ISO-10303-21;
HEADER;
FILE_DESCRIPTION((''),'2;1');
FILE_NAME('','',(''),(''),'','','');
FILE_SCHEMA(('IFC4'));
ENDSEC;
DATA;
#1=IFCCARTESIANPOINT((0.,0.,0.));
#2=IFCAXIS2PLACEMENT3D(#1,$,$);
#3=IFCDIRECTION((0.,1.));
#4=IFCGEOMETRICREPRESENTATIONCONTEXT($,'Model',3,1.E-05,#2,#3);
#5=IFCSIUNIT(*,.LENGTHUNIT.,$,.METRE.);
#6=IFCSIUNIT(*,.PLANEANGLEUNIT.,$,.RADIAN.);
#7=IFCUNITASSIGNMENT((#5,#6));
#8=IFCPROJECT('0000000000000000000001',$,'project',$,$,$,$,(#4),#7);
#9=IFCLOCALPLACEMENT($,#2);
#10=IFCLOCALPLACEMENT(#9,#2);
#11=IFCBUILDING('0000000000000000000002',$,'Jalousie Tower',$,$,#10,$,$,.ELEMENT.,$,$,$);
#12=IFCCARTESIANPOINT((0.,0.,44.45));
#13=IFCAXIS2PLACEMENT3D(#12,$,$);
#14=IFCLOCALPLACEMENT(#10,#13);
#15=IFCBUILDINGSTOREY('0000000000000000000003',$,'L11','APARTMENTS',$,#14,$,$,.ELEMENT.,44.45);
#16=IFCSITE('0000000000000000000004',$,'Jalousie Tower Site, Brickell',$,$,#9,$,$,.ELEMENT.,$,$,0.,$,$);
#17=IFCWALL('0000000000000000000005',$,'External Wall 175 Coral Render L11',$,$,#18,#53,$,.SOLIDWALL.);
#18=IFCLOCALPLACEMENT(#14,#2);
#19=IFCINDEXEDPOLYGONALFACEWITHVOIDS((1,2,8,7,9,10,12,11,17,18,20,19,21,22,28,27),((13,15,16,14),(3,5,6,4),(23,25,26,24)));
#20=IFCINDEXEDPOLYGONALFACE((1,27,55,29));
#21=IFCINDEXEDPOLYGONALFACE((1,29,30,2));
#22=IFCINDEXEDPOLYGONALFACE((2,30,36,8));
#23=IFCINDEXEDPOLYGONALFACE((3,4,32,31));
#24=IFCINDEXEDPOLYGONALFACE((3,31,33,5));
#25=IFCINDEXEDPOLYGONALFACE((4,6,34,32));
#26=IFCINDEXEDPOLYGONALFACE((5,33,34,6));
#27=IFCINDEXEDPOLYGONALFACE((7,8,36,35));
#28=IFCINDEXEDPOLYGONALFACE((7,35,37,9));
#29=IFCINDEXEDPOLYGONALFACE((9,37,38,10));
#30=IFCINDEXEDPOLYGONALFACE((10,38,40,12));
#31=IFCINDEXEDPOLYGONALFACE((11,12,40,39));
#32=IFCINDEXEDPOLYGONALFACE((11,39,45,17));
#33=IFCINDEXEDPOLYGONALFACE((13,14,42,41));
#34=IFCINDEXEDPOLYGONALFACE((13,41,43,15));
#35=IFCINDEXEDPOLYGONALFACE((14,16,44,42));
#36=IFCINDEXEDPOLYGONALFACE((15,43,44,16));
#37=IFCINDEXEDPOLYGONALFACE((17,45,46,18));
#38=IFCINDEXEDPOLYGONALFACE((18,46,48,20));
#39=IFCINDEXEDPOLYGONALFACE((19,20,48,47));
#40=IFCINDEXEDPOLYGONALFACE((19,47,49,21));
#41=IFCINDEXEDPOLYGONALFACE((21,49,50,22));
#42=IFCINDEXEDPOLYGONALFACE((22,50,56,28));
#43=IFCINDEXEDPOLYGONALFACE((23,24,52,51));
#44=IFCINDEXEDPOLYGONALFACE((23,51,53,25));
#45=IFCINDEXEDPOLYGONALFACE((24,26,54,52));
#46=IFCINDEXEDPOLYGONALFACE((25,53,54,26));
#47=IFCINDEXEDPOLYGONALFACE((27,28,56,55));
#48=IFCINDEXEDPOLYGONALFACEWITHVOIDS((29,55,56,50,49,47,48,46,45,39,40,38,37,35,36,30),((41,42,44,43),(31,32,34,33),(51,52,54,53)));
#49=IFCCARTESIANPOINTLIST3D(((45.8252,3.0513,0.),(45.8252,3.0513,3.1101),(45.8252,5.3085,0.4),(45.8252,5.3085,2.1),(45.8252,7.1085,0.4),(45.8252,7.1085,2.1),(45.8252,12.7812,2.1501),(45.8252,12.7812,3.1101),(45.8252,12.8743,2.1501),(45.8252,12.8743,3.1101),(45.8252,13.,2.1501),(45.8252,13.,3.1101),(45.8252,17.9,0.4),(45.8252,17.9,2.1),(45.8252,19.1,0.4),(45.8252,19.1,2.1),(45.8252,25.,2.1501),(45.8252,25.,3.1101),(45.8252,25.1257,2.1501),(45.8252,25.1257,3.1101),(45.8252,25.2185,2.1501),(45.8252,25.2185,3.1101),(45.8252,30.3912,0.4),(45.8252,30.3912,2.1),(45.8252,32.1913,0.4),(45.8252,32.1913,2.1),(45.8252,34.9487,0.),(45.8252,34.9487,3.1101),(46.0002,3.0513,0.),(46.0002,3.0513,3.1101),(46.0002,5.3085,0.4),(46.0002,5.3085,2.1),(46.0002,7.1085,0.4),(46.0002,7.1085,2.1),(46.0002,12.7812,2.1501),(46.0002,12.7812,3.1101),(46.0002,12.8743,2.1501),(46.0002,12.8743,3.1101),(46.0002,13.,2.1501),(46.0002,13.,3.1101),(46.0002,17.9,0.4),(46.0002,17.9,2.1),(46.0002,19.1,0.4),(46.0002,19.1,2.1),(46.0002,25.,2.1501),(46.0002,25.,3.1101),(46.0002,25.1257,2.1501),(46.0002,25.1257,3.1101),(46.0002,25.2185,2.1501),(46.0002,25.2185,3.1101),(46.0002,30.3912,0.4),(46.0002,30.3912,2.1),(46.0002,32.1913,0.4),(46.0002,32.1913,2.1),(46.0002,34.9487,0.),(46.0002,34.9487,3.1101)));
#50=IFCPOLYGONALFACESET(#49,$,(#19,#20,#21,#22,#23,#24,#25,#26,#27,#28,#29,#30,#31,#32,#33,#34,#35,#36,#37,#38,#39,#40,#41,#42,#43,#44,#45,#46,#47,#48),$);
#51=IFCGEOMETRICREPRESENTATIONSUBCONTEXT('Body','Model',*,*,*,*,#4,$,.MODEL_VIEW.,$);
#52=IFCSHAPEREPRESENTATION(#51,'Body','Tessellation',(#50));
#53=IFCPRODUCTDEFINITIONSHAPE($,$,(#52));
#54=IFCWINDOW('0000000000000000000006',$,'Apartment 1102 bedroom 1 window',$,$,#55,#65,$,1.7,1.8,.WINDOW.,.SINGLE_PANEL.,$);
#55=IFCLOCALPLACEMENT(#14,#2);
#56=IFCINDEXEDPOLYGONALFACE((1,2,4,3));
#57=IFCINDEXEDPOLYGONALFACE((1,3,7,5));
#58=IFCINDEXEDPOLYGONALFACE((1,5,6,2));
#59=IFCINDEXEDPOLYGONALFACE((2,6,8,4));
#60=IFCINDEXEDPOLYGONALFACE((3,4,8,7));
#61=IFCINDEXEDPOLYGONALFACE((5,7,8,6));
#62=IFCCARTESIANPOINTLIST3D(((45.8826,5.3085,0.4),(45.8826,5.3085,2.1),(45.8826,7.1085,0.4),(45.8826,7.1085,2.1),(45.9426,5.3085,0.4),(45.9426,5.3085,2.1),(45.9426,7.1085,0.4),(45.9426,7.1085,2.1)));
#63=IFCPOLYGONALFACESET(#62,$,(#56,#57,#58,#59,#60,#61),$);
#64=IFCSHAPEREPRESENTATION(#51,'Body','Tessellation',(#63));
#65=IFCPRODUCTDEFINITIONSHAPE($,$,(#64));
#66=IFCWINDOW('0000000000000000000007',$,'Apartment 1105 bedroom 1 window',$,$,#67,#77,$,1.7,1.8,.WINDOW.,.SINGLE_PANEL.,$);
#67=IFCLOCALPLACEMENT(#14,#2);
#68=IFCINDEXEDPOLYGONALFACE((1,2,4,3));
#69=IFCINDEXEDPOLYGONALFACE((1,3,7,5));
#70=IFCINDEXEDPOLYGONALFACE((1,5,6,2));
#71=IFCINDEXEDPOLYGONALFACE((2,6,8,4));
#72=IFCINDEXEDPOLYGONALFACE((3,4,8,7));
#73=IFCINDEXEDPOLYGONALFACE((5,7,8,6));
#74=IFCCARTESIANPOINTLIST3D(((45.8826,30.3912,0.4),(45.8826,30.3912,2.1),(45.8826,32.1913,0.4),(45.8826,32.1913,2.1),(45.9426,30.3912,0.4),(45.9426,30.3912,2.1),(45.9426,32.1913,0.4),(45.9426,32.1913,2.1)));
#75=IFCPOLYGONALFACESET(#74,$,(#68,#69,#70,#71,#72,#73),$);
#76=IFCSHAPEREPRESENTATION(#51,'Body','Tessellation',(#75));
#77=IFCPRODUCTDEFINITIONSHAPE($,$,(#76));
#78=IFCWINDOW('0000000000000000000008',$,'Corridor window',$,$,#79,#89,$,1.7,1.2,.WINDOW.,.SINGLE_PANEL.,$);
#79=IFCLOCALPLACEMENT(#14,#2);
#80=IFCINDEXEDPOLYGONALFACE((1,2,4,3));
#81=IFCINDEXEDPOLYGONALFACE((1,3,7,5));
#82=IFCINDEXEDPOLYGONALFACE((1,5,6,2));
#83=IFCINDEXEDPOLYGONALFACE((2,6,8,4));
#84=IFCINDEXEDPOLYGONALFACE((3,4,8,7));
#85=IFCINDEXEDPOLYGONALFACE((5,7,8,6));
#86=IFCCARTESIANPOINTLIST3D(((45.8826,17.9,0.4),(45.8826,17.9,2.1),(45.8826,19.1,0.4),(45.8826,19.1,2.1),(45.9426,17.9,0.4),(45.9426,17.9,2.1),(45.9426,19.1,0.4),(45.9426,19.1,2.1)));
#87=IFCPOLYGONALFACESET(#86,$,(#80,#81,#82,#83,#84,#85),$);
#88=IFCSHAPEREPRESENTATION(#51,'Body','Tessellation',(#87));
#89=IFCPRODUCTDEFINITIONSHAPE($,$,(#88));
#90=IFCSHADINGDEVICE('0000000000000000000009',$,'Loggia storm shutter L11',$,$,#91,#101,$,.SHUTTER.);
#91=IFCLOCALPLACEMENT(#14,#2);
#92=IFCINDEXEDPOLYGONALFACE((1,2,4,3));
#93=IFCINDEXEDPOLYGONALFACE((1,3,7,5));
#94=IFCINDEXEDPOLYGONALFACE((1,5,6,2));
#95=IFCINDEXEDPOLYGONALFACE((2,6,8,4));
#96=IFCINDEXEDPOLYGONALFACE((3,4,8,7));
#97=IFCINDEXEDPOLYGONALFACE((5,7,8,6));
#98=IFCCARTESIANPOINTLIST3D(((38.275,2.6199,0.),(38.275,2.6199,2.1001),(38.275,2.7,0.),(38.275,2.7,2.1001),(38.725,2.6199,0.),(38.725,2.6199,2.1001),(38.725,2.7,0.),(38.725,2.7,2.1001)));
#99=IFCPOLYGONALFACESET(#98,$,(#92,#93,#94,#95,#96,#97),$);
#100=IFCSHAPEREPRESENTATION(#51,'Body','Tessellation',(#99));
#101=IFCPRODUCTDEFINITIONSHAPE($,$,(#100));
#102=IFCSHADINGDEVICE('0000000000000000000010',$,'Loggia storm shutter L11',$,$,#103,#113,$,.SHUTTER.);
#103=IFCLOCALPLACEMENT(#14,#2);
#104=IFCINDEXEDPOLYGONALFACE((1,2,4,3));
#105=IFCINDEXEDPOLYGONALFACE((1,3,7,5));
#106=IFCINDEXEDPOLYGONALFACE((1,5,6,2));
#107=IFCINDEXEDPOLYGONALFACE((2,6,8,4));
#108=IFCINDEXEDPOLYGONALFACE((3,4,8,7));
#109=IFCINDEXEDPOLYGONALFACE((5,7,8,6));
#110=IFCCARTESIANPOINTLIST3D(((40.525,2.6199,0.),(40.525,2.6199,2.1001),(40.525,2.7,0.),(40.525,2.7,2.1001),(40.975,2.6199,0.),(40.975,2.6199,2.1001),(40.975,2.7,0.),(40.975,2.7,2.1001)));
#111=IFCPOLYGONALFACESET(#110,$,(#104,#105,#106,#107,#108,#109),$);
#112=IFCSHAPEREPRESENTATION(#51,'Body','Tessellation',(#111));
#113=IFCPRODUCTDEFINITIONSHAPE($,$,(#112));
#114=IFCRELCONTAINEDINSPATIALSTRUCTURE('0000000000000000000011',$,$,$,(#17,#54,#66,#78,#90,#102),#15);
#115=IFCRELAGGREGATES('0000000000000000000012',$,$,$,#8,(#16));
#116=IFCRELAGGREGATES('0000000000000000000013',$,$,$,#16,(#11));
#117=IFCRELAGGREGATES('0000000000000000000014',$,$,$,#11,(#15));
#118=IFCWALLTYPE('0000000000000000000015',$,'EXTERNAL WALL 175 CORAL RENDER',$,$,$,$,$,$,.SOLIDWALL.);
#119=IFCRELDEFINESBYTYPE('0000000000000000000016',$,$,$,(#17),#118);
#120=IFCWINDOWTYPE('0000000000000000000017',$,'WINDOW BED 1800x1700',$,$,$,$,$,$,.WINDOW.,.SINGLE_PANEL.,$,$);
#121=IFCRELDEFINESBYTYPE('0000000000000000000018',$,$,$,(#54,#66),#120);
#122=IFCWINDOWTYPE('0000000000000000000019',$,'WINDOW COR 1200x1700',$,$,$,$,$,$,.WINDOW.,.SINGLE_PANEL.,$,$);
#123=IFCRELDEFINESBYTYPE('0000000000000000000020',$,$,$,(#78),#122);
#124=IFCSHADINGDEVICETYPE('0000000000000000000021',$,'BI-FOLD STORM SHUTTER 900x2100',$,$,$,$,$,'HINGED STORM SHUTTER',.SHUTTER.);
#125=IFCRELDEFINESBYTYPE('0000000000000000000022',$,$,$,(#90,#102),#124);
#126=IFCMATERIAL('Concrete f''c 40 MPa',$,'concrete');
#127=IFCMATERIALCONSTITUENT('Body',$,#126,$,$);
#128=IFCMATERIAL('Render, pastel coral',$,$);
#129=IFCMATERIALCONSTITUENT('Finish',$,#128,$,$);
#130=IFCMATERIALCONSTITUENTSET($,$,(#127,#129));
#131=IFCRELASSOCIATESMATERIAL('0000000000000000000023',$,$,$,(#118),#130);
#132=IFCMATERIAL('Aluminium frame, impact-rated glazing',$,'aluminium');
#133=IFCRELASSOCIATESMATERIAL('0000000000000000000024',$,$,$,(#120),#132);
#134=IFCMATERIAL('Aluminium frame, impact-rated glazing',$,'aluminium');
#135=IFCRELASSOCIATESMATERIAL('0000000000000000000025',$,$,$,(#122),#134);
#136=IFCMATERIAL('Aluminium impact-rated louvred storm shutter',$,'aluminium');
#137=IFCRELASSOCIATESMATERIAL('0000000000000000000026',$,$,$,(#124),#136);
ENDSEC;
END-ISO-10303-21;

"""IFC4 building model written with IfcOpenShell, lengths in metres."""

from ifc_helpers import new_model, si_unit, direction, frame, frame_2d, origin, origin_2d, place, context, subcontext, project, spatial, polyline, rectangle, outline, extrude, material, constituent, constituent_set, type_object, element, fill, save


model = new_model("IFC4")

# Units and contexts
model_context = context("Model", 3, precision=1e-05, world=origin(), true_north=direction((0.0, 1.0)))
body_context = subcontext(model_context, "Body", "Model", "MODEL_VIEW")
ifc_project = project(units=[si_unit("LENGTHUNIT", "METRE"), si_unit("PLANEANGLEUNIT", "RADIAN")], contexts=[model_context])

# Site, building, storey
site_placement = place(None, origin())
site = spatial("IfcSite", under=ifc_project, at=site_placement, Name="Jalousie Tower Site, Brickell", CompositionType="ELEMENT", RefElevation=0.0)
building_placement = place(site_placement, origin())
building = spatial("IfcBuilding", under=site, at=building_placement, Name="Jalousie Tower", CompositionType="ELEMENT")
storey_placement = place(building_placement, frame((0.0, 0.0, 44.45)))
storey = spatial("IfcBuildingStorey", under=building, at=storey_placement, Name="L11", Description="APARTMENTS", CompositionType="ELEMENT", Elevation=44.45)

# Shared definitions
ifc_material_1 = material(Name="Concrete f'c 40 MPa", Category="concrete")
ifc_constituent_1 = constituent(ifc_material_1, Name="Body")
ifc_material_2 = material(Name="Render, pastel coral")
ifc_constituent_2 = constituent(ifc_material_2, Name="Finish")
ifc_constituent_set = constituent_set(constituents=[ifc_constituent_1, ifc_constituent_2])
wall_type = type_object("IfcWallType", Name="EXTERNAL WALL 175 CORAL RENDER", PredefinedType="SOLIDWALL", material=ifc_constituent_set)

# Wall, openings, windows
wall_1_placement = place(storey_placement, frame((45.9126, 3.0513, 0.0), z_axis=(0.0, 0.0, 1.0), x_axis=(0.0, 1.0, 0.0)))
wall_1 = element("IfcWall", 1, at=wall_1_placement, inside=storey, type_object=wall_type, Name="External Wall 175 Coral Render L11", PredefinedType="SOLIDWALL", context=body_context, shape_type="SweptSolid", body=[
    extrude(outline(polyline([(0.0, 0.0), (31.8975, 0.0), (31.8975, 3.1101), (22.1672, 3.1101), (22.1672, 2.1501), (22.0745, 2.1501), (22.0745, 3.1101), (21.9487, 3.1101), (21.9487, 2.1501), (9.9487, 2.1501), (9.9487, 3.1101), (9.823, 3.1101), (9.823, 2.1501), (9.73, 2.1501), (9.73, 3.1101), (0.0, 3.1101), (0.0, 0.0)])), frame((0.0, 0.0874, 0.0), z_axis=(0.0, -1.0, 0.0), x_axis=(1.0, 0.0, 0.0)), (0.0, 0.0, 1.0), 0.175),
])
opening_1_placement = place(wall_1_placement, frame((2.2573, 0.0, 0.3999)))
opening_1 = element("IfcOpeningElement", 2, at=opening_1_placement, cuts=wall_1, PredefinedType="OPENING", context=body_context, shape_type="SweptSolid", body=[
    extrude(rectangle(XDim=1.8, YDim=1.7, at=frame_2d((0.8999, 0.8501))), frame((0.0, 0.0974, 0.0), z_axis=(0.0, -1.0, 0.0), x_axis=(1.0, 0.0, 0.0)), (0.0, 0.0, 1.0), 0.1951),
])
opening_2_placement = place(wall_1_placement, frame((14.8486, 0.0, 0.3999)))
opening_2 = element("IfcOpeningElement", 3, at=opening_2_placement, cuts=wall_1, PredefinedType="OPENING", context=body_context, shape_type="SweptSolid", body=[
    extrude(rectangle(XDim=1.2, YDim=1.7, at=frame_2d((0.6001, 0.8501))), frame((0.0, 0.0974, 0.0), z_axis=(0.0, -1.0, 0.0), x_axis=(1.0, 0.0, 0.0)), (0.0, 0.0, 1.0), 0.1951),
])
opening_3_placement = place(wall_1_placement, frame((27.3401, 0.0, 0.3999)))
opening_3 = element("IfcOpeningElement", 4, at=opening_3_placement, cuts=wall_1, PredefinedType="OPENING", context=body_context, shape_type="SweptSolid", body=[
    extrude(rectangle(XDim=1.8, YDim=1.7, at=frame_2d((0.8999, 0.8501))), frame((0.0, 0.0974, 0.0), z_axis=(0.0, -1.0, 0.0), x_axis=(1.0, 0.0, 0.0)), (0.0, 0.0, 1.0), 0.1951),
])
ifc_material_3 = material(Name="Aluminium frame, impact-rated glazing", Category="aluminium")
window_type_1 = type_object("IfcWindowType", Name="WINDOW BED 1800x1700", PartitioningType="SINGLE_PANEL", PredefinedType="WINDOW", material=ifc_material_3)
window_1_placement = place(opening_1_placement, origin())
window_1 = element("IfcWindow", 5, at=window_1_placement, inside=storey, type_object=window_type_1, Name="Apartment 1102 bedroom 1 window", OverallHeight=1.7, OverallWidth=1.8, PartitioningType="SINGLE_PANEL", PredefinedType="WINDOW", context=body_context, shape_type="SweptSolid", body=[
    extrude(rectangle(XDim=1.8, YDim=1.7, at=frame_2d((0.8999, 0.8501))), frame((0.0, 0.03, 0.0), z_axis=(0.0, -1.0, 0.0), x_axis=(1.0, 0.0, 0.0)), (0.0, 0.0, 1.0), 0.0601),
])
fill(opening_1, window_1)
window_2_placement = place(opening_3_placement, origin())
window_2 = element("IfcWindow", 6, at=window_2_placement, inside=storey, type_object=window_type_1, Name="Apartment 1105 bedroom 1 window", OverallHeight=1.7, OverallWidth=1.8, PartitioningType="SINGLE_PANEL", PredefinedType="WINDOW", context=body_context, shape_type="SweptSolid", body=[
    extrude(rectangle(XDim=1.8, YDim=1.7, at=frame_2d((0.8999, 0.8501))), frame((0.0, 0.03, 0.0), z_axis=(0.0, -1.0, 0.0), x_axis=(1.0, 0.0, 0.0)), (0.0, 0.0, 1.0), 0.0601),
])
fill(opening_3, window_2)
ifc_material_4 = material(Name="Aluminium frame, impact-rated glazing", Category="aluminium")
window_type_2 = type_object("IfcWindowType", Name="WINDOW COR 1200x1700", PartitioningType="SINGLE_PANEL", PredefinedType="WINDOW", material=ifc_material_4)
window_3_placement = place(opening_2_placement, origin())
window_3 = element("IfcWindow", 7, at=window_3_placement, inside=storey, type_object=window_type_2, Name="Corridor window", OverallHeight=1.7, OverallWidth=1.2, PartitioningType="SINGLE_PANEL", PredefinedType="WINDOW", context=body_context, shape_type="SweptSolid", body=[
    extrude(rectangle(XDim=1.2, YDim=1.7, at=frame_2d((0.6001, 0.8501))), frame((0.0, 0.03, 0.0), z_axis=(0.0, -1.0, 0.0), x_axis=(1.0, 0.0, 0.0)), (0.0, 0.0, 1.0), 0.0601),
])
fill(opening_2, window_3)

# Shading devices
ifc_material_5 = material(Name="Aluminium impact-rated louvred storm shutter", Category="aluminium")
shading_device_type_1 = type_object("IfcShadingDeviceType", Name="BI-FOLD STORM SHUTTER 900x2100", ElementType="HINGED STORM SHUTTER", PredefinedType="SHUTTER", material=ifc_material_5)
for number, where, z_axis, x_axis, name in (
    (8, (38.5, 2.6599, 0.0), (0.0, 0.0, 1.0), (1.0, 0.0, 0.0), "Loggia storm shutter L11"),
    (9, (40.75, 2.6599, 0.0), (0.0, 0.0, 1.0), (1.0, 0.0, 0.0), "Loggia storm shutter L11"),
):
    element("IfcShadingDevice", number, at=place(storey_placement, frame(where, z_axis=z_axis, x_axis=x_axis)), inside=storey, type_object=shading_device_type_1, Name=name, PredefinedType="SHUTTER", context=body_context, shape_type="SweptSolid", body=[
        extrude(rectangle(XDim=0.45, YDim=0.0801, at=origin_2d()), origin(), (0.0, 0.0, 1.0), 2.1001),
    ])

save(model, "model.ifc")
